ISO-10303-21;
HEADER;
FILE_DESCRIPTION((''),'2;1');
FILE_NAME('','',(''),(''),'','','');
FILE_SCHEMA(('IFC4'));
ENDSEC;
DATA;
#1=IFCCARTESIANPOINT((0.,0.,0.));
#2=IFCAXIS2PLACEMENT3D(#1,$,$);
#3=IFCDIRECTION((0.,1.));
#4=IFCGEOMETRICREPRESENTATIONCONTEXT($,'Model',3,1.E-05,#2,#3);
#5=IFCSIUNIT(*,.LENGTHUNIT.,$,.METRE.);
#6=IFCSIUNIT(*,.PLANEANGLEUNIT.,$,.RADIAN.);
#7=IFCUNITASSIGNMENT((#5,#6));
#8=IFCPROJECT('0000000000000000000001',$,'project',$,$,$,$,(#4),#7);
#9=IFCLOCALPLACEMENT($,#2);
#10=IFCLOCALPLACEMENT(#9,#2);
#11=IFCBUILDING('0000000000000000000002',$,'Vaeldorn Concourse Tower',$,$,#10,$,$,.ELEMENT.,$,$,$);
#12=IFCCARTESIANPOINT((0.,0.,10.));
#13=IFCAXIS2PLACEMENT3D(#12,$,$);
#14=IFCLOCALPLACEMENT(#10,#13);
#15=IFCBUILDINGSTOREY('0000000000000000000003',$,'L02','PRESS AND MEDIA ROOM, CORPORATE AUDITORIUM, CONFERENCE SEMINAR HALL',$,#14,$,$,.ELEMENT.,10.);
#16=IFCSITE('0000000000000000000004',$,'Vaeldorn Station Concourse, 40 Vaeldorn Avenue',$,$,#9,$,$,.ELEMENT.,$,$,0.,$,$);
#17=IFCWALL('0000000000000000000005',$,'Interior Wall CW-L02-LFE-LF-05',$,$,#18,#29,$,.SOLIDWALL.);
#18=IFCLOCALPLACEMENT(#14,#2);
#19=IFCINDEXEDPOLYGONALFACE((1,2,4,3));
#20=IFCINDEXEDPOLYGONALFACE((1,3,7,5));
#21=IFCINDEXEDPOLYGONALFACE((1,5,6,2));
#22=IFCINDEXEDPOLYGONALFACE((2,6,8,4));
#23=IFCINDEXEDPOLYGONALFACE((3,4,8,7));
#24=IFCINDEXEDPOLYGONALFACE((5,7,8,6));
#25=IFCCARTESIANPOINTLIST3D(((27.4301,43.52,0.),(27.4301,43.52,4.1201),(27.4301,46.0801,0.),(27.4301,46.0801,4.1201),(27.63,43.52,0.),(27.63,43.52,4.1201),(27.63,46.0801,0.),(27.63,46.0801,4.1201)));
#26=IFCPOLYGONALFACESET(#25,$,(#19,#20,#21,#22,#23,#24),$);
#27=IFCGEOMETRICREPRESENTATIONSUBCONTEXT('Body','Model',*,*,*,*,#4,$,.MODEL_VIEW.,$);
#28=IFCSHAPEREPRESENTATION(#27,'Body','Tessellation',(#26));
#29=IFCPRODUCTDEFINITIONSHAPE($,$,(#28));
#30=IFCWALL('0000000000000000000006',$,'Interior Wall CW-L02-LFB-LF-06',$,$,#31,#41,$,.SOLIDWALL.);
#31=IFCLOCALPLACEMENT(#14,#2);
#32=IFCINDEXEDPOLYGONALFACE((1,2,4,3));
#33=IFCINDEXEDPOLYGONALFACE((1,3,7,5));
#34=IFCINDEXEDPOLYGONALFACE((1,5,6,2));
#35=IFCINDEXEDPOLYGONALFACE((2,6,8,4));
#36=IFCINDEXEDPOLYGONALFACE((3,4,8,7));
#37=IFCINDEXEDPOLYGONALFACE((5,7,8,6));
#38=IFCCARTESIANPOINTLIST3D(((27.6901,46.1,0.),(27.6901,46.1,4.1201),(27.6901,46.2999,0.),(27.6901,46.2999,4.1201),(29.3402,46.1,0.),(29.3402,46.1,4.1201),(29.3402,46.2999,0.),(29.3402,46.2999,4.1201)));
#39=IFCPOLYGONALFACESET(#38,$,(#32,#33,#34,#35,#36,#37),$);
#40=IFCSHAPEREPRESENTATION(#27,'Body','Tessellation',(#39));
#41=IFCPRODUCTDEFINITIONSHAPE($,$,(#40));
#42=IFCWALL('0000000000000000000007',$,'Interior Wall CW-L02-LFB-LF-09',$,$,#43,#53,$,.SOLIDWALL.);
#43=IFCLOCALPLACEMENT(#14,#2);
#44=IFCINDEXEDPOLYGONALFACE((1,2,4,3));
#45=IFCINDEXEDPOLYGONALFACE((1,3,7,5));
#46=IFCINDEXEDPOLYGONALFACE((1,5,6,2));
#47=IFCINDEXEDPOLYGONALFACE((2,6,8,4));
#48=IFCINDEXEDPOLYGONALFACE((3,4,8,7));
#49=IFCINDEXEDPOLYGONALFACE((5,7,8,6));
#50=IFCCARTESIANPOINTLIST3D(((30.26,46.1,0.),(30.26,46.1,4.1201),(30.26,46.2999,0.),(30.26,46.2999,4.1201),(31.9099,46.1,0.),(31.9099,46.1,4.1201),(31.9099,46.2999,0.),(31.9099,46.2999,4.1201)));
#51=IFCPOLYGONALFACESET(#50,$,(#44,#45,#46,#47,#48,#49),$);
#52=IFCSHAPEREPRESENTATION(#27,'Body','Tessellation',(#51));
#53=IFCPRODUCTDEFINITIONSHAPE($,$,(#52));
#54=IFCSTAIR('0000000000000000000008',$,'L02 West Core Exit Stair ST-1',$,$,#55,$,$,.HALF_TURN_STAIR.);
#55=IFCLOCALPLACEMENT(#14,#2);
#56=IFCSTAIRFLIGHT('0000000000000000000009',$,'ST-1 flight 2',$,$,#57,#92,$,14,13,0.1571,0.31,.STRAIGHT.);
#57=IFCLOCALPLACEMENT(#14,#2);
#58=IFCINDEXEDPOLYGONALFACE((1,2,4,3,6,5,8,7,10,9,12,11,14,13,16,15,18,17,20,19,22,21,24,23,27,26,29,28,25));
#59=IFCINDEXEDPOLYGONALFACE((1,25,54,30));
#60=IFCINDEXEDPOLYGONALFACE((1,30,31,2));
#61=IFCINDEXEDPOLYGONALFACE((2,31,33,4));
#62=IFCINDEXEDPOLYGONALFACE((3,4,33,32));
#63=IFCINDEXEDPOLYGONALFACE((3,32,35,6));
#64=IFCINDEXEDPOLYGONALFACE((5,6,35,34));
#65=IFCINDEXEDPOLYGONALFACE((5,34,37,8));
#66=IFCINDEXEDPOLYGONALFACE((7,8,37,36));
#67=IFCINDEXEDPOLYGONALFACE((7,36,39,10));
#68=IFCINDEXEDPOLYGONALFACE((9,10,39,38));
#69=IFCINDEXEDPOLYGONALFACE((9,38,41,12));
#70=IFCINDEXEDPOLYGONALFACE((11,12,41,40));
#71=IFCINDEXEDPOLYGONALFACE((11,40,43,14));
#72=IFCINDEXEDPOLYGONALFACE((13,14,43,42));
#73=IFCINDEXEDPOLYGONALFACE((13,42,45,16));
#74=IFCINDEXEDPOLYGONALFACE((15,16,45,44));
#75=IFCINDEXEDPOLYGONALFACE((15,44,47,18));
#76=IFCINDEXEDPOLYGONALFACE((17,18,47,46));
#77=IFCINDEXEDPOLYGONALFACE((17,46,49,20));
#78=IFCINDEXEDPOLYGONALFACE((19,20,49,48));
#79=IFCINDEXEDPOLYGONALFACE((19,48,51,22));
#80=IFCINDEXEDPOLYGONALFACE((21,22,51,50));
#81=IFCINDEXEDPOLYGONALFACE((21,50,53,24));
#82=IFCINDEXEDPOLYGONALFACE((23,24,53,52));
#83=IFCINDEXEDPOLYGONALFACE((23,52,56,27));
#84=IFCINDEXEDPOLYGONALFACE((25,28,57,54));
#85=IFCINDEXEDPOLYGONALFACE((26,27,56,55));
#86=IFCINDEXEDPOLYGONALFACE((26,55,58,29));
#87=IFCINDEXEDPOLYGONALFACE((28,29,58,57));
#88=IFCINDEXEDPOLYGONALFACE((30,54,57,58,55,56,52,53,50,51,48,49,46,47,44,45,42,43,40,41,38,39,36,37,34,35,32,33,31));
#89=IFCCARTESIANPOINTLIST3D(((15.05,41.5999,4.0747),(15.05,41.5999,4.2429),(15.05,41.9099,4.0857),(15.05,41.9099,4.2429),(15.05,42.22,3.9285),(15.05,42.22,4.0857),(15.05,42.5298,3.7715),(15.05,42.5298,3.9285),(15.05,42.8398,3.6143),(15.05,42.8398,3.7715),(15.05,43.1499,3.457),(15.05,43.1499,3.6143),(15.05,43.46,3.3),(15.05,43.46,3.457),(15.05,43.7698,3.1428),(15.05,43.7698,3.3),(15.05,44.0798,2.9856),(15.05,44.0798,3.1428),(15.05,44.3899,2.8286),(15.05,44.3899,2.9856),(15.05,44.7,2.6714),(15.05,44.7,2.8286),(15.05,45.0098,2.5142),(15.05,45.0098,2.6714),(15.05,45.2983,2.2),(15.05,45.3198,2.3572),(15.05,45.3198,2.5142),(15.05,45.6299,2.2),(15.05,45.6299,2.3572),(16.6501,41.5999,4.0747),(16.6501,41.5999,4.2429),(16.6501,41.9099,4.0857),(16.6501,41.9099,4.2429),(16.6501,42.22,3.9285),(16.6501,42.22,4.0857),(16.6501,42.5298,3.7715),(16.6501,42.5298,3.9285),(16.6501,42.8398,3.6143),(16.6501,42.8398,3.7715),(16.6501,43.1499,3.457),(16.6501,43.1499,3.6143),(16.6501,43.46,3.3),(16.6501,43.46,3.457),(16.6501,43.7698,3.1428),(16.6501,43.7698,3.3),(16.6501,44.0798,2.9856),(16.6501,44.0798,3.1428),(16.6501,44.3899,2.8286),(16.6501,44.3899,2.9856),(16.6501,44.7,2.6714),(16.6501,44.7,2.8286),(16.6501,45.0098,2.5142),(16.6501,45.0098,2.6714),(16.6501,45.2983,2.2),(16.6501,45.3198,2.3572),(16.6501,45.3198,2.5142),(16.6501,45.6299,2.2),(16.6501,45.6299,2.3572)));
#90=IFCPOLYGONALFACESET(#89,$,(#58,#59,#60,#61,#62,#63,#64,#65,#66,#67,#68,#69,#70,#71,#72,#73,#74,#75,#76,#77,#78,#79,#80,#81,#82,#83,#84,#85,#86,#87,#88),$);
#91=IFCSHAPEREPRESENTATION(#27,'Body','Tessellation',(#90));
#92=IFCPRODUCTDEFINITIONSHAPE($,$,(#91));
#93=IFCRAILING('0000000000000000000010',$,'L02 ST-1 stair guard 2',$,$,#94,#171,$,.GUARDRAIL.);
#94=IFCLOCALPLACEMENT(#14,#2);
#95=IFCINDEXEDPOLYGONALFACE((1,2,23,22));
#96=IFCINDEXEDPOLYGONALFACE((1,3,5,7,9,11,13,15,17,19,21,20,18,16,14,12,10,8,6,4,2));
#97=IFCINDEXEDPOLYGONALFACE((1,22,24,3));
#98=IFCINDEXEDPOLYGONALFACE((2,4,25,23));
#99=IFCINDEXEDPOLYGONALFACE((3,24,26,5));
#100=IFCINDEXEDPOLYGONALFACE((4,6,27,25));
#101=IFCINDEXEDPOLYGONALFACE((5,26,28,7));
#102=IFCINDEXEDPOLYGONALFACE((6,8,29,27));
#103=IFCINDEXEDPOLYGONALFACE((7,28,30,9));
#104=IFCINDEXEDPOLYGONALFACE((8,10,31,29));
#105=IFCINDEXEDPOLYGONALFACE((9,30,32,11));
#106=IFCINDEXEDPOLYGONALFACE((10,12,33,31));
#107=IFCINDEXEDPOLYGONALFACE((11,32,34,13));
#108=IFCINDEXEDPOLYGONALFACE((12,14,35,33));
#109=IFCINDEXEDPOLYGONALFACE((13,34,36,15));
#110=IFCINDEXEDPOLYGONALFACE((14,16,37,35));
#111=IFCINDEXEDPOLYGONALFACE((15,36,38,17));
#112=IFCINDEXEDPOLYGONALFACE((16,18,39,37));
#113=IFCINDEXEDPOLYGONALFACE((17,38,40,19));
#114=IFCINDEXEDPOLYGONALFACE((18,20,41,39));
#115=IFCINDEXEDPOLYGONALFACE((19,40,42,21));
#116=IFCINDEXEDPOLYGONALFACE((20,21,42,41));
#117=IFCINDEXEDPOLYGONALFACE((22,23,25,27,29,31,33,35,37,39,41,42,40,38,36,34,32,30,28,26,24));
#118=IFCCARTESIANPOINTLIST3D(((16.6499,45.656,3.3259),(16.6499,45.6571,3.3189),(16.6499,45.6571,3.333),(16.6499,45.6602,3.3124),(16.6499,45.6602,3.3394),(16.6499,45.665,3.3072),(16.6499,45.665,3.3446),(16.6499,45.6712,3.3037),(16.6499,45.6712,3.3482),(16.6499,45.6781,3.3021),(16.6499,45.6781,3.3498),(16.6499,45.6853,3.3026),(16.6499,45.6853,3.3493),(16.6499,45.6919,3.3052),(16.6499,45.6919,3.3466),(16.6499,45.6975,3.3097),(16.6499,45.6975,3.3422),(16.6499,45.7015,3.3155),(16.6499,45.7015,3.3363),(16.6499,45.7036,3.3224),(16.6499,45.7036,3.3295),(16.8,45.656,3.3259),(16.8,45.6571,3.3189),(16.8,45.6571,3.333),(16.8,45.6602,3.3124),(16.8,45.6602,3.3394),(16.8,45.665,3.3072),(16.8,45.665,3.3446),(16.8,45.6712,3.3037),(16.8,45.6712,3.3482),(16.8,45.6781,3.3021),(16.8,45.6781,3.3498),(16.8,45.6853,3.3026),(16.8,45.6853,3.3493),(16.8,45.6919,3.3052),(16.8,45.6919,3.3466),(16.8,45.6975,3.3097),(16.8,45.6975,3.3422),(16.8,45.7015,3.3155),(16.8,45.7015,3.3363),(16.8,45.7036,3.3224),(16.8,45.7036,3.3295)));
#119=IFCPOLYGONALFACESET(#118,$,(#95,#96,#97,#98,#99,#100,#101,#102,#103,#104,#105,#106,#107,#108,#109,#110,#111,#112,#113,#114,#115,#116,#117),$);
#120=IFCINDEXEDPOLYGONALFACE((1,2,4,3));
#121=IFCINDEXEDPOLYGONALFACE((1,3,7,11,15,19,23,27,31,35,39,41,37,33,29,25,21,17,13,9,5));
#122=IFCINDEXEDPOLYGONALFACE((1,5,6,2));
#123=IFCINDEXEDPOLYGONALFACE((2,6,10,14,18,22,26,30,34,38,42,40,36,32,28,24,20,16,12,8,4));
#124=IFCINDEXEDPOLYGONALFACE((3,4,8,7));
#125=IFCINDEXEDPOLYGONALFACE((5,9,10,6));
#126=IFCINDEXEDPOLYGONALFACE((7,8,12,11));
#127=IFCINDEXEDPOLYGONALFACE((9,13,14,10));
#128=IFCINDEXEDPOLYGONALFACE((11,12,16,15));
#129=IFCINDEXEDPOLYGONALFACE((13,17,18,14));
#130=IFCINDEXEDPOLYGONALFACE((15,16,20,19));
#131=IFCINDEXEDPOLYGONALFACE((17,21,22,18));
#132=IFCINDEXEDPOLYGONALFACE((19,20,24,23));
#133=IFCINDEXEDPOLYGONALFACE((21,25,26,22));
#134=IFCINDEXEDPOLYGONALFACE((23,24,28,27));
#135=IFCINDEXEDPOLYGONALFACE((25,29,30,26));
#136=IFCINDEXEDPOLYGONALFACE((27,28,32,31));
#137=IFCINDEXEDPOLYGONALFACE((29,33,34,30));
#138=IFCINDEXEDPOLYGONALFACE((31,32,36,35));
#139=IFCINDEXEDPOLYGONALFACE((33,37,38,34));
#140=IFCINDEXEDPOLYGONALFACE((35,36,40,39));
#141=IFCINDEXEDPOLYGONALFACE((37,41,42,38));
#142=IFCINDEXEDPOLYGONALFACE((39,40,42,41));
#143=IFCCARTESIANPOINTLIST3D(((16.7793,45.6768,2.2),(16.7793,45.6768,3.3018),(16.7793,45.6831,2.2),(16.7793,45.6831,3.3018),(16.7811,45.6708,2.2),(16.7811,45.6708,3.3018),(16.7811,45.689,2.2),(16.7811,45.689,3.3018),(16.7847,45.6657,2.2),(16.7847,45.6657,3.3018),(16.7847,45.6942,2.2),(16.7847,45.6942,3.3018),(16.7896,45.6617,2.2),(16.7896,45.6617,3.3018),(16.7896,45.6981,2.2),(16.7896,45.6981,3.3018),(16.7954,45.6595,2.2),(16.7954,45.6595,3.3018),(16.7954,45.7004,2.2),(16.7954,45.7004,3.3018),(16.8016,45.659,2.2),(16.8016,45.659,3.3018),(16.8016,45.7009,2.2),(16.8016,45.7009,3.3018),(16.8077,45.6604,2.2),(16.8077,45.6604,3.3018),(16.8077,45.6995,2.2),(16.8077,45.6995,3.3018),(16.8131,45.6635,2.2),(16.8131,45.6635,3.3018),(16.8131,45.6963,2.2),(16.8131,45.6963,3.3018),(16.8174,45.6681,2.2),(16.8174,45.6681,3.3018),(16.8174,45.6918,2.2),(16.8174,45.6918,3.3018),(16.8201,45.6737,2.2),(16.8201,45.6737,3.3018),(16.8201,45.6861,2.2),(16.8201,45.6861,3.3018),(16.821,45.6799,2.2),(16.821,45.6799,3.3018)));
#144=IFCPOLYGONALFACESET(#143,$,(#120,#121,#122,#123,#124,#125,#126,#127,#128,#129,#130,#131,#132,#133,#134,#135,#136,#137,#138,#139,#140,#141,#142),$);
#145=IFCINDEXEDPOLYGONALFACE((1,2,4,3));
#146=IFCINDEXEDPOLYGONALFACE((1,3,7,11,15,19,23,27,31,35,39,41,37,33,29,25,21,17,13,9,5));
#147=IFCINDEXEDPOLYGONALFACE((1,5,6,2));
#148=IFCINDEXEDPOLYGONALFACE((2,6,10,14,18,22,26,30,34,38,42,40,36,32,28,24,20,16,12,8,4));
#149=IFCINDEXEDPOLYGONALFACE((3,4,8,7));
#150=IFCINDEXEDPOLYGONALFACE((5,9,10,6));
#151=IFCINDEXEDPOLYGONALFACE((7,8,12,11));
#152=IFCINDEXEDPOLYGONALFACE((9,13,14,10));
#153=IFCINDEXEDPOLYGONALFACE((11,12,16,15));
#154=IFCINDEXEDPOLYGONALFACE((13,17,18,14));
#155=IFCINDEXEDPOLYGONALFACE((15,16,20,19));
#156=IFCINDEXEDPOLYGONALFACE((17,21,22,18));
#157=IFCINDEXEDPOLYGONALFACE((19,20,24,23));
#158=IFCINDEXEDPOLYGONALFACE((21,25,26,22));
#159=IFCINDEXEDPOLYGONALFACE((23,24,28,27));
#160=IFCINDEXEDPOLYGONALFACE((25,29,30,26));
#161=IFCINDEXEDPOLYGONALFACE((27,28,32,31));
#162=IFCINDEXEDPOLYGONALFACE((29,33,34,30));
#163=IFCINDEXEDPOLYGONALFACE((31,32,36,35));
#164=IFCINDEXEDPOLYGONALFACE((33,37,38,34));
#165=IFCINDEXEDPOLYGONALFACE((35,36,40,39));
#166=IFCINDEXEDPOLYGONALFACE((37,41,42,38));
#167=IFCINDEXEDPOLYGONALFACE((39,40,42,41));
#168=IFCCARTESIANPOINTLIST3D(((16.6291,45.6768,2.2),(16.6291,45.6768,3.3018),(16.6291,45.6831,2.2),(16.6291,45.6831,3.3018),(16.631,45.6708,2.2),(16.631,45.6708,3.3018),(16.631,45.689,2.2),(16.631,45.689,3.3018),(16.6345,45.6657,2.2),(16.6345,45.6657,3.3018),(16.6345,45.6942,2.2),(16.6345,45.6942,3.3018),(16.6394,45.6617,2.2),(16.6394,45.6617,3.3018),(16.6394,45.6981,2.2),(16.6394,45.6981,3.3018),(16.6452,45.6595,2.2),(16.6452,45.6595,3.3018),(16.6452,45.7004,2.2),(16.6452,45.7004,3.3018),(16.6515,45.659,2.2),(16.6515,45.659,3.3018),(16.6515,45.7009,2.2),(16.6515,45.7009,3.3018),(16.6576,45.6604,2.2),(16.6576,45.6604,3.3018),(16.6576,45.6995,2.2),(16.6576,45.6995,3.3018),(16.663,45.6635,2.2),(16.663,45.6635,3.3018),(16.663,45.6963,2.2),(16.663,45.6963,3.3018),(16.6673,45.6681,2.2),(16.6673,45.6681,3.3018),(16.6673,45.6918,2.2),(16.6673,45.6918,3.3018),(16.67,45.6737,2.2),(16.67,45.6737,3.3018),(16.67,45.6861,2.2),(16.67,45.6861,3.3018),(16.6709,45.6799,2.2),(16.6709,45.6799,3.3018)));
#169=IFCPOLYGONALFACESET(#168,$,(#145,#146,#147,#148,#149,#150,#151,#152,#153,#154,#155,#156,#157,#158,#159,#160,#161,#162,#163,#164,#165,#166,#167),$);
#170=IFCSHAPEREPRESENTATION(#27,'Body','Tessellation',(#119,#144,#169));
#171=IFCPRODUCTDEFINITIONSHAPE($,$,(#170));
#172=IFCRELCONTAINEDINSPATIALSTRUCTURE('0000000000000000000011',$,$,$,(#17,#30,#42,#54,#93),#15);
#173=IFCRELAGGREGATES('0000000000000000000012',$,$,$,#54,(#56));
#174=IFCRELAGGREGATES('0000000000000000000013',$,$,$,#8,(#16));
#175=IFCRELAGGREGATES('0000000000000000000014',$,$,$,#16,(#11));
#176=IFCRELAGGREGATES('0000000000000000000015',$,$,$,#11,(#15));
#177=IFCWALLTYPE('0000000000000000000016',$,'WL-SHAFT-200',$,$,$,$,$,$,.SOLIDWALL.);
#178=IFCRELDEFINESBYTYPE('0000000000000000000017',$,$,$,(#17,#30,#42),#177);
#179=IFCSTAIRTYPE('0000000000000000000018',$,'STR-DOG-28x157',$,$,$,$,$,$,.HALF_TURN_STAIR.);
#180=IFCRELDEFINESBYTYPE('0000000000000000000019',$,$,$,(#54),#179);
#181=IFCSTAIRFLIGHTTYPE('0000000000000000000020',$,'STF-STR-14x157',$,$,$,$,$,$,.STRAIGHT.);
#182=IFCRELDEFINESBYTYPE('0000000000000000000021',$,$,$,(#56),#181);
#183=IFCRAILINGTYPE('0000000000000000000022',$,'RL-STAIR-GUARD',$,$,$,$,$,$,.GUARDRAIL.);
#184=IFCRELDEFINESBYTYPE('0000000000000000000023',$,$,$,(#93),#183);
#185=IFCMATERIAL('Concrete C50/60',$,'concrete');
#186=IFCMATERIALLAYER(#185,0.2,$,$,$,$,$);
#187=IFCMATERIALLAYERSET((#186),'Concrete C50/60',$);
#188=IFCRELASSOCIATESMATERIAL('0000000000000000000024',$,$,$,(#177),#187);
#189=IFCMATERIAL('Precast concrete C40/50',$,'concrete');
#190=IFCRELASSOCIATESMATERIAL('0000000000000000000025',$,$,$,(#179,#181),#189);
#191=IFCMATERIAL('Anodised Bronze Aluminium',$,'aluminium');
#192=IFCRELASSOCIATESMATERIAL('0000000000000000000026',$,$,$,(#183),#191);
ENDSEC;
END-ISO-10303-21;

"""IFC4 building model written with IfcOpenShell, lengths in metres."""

from ifc_helpers import new_model, si_unit, direction, frame, frame_2d, origin, origin_2d, place, context, subcontext, project, spatial, polyline, rectangle, circle, outline, extrude, material, layer, layer_set, type_object, element, aggregate, save


model = new_model("IFC4")

# Units and contexts
model_context = context("Model", 3, precision=1e-05, world=origin(), true_north=direction((0.0, 1.0)))
body_context = subcontext(model_context, "Body", "Model", "MODEL_VIEW")
ifc_project = project(units=[si_unit("LENGTHUNIT", "METRE"), si_unit("PLANEANGLEUNIT", "RADIAN")], contexts=[model_context])

# Site, building, storey
site_placement = place(None, origin())
site = spatial("IfcSite", under=ifc_project, at=site_placement, Name="Vaeldorn Station Concourse, 40 Vaeldorn Avenue", CompositionType="ELEMENT", RefElevation=0.0)
building_placement = place(site_placement, origin())
building = spatial("IfcBuilding", under=site, at=building_placement, Name="Vaeldorn Concourse Tower", CompositionType="ELEMENT")
storey_placement = place(building_placement, frame((0.0, 0.0, 10.0)))
storey = spatial("IfcBuildingStorey", under=building, at=storey_placement, Name="L02", Description="PRESS AND MEDIA ROOM, CORPORATE AUDITORIUM, CONFERENCE SEMINAR HALL", CompositionType="ELEMENT", Elevation=10.0)

# Shared definitions
ifc_material_1 = material(Name="Anodised Bronze Aluminium", Category="aluminium")

# Wall
ifc_material_2 = material(Name="Concrete C50/60", Category="concrete")
ifc_layer_1 = layer(ifc_material_2, 0.2)
ifc_layer_set_1 = layer_set([ifc_layer_1], Name="Concrete C50/60")
wall_type_1 = type_object("IfcWallType", Name="WL-SHAFT-200", PredefinedType="SOLIDWALL", material=ifc_layer_set_1)
wall_1_placement = place(storey_placement, frame((27.53, 43.52, 0.0), z_axis=(0.0, 0.0, 1.0), x_axis=(0.0, 1.0, 0.0)))
element("IfcWall", 1, at=wall_1_placement, inside=storey, type_object=wall_type_1, Name="Interior Wall CW-L02-LFE-LF-05", PredefinedType="SOLIDWALL", context=body_context, shape_type="SweptSolid", body=[
    extrude(rectangle(XDim=2.5601, YDim=0.2, at=frame_2d((1.28, 0.0))), origin(), (0.0, 0.0, 1.0), 4.1201),
])

# Wall
wall_2_placement = place(storey_placement, frame((27.6899, 46.2, 0.0), z_axis=(0.0, 0.0, 1.0), x_axis=(1.0, 0.0, 0.0)))
element("IfcWall", 2, at=wall_2_placement, inside=storey, type_object=wall_type_1, Name="Interior Wall CW-L02-LFB-LF-06", PredefinedType="SOLIDWALL", context=body_context, shape_type="SweptSolid", body=[
    extrude(rectangle(XDim=1.6501, YDim=0.2, at=frame_2d((0.8252, 0.0))), origin(), (0.0, 0.0, 1.0), 4.1201),
])

# Wall
wall_3_placement = place(storey_placement, frame((30.26, 46.2, 0.0), z_axis=(0.0, 0.0, 1.0), x_axis=(1.0, 0.0, 0.0)))
element("IfcWall", 3, at=wall_3_placement, inside=storey, type_object=wall_type_1, Name="Interior Wall CW-L02-LFB-LF-09", PredefinedType="SOLIDWALL", context=body_context, shape_type="SweptSolid", body=[
    extrude(rectangle(XDim=1.6499, YDim=0.2, at=frame_2d((0.825, 0.0))), origin(), (0.0, 0.0, 1.0), 4.1201),
])

# Stair, stair flight
ifc_material_3 = material(Name="Precast concrete C40/50", Category="concrete")
stair_type = type_object("IfcStairType", Name="STR-DOG-28x157", PredefinedType="HALF_TURN_STAIR", material=ifc_material_3)
stair_placement = place(storey_placement, origin())
stair = element("IfcStair", 4, at=stair_placement, inside=storey, type_object=stair_type, Name="L02 West Core Exit Stair ST-1", PredefinedType="HALF_TURN_STAIR")
stair_flight_type = type_object("IfcStairFlightType", Name="STF-STR-14x157", PredefinedType="STRAIGHT", material=ifc_material_3)
stair_flight_placement = place(storey_placement, frame((15.8501, 45.6299, 2.2), z_axis=(0.0, 0.0, 1.0), x_axis=(0.0, -1.0, 0.0)))
stair_flight = element("IfcStairFlight", 5, at=stair_flight_placement, type_object=stair_flight_type, Name="ST-1 flight 2", NumberOfRisers=14, NumberOfTreads=13, PredefinedType="STRAIGHT", RiserHeight=0.1571, TreadLength=0.31, context=body_context, shape_type="SweptSolid", body=[
    extrude(outline(polyline([(0.0, 0.0), (0.0, 0.1572), (0.3101, 0.1572), (0.3101, 0.3142), (0.6201, 0.3142), (0.6201, 0.4714), (0.9299, 0.4714), (0.9299, 0.6287), (1.24, 0.6287), (1.24, 0.7856), (1.55, 0.7856), (1.55, 0.9429), (1.8601, 0.9429), (1.8601, 1.1001), (2.1699, 1.1001), (2.1699, 1.2571), (2.48, 1.2571), (2.48, 1.4143), (2.79, 1.4143), (2.79, 1.5715), (3.1001, 1.5715), (3.1001, 1.7285), (3.4099, 1.7285), (3.4099, 1.8857), (3.72, 1.8857), (3.72, 2.043), (4.03, 2.043), (4.03, 2.2), (4.03, 1.8748), (0.3315, 0.0), (0.0, 0.0)])), frame((0.0, 0.8, 0.0), z_axis=(0.0, -1.0, 0.0), x_axis=(1.0, 0.0, 0.0)), (0.0, 0.0, 1.0), 1.6001),
])
aggregate(stair, [stair_flight])

# Railing
railing_type_1 = type_object("IfcRailingType", Name="RL-STAIR-GUARD", PredefinedType="GUARDRAIL", material=ifc_material_1)
railing_1_placement = place(storey_placement, frame((16.8, 45.6799, 2.2)))
element("IfcRailing", 6, at=railing_1_placement, inside=storey, type_object=railing_type_1, Name="L02 ST-1 stair guard 2", PredefinedType="GUARDRAIL", context=body_context, shape_type="SweptSolid", body=[
    extrude(circle(Radius=0.0239, at=origin_2d()), frame((0.0, 0.0, 1.126), z_axis=(-1.0, 0.0, 0.0), x_axis=(0.0, -1.0, 0.0)), (0.0, 0.0, 1.0), 0.1501),
    extrude(circle(Radius=0.021, at=origin_2d()), origin(), (0.0, 0.0, 1.0), 1.1018),
    extrude(circle(Radius=0.021, at=origin_2d()), frame((-0.1501, 0.0, 0.0)), (0.0, 0.0, 1.0), 1.1018),
])

save(model, "model.ifc")
